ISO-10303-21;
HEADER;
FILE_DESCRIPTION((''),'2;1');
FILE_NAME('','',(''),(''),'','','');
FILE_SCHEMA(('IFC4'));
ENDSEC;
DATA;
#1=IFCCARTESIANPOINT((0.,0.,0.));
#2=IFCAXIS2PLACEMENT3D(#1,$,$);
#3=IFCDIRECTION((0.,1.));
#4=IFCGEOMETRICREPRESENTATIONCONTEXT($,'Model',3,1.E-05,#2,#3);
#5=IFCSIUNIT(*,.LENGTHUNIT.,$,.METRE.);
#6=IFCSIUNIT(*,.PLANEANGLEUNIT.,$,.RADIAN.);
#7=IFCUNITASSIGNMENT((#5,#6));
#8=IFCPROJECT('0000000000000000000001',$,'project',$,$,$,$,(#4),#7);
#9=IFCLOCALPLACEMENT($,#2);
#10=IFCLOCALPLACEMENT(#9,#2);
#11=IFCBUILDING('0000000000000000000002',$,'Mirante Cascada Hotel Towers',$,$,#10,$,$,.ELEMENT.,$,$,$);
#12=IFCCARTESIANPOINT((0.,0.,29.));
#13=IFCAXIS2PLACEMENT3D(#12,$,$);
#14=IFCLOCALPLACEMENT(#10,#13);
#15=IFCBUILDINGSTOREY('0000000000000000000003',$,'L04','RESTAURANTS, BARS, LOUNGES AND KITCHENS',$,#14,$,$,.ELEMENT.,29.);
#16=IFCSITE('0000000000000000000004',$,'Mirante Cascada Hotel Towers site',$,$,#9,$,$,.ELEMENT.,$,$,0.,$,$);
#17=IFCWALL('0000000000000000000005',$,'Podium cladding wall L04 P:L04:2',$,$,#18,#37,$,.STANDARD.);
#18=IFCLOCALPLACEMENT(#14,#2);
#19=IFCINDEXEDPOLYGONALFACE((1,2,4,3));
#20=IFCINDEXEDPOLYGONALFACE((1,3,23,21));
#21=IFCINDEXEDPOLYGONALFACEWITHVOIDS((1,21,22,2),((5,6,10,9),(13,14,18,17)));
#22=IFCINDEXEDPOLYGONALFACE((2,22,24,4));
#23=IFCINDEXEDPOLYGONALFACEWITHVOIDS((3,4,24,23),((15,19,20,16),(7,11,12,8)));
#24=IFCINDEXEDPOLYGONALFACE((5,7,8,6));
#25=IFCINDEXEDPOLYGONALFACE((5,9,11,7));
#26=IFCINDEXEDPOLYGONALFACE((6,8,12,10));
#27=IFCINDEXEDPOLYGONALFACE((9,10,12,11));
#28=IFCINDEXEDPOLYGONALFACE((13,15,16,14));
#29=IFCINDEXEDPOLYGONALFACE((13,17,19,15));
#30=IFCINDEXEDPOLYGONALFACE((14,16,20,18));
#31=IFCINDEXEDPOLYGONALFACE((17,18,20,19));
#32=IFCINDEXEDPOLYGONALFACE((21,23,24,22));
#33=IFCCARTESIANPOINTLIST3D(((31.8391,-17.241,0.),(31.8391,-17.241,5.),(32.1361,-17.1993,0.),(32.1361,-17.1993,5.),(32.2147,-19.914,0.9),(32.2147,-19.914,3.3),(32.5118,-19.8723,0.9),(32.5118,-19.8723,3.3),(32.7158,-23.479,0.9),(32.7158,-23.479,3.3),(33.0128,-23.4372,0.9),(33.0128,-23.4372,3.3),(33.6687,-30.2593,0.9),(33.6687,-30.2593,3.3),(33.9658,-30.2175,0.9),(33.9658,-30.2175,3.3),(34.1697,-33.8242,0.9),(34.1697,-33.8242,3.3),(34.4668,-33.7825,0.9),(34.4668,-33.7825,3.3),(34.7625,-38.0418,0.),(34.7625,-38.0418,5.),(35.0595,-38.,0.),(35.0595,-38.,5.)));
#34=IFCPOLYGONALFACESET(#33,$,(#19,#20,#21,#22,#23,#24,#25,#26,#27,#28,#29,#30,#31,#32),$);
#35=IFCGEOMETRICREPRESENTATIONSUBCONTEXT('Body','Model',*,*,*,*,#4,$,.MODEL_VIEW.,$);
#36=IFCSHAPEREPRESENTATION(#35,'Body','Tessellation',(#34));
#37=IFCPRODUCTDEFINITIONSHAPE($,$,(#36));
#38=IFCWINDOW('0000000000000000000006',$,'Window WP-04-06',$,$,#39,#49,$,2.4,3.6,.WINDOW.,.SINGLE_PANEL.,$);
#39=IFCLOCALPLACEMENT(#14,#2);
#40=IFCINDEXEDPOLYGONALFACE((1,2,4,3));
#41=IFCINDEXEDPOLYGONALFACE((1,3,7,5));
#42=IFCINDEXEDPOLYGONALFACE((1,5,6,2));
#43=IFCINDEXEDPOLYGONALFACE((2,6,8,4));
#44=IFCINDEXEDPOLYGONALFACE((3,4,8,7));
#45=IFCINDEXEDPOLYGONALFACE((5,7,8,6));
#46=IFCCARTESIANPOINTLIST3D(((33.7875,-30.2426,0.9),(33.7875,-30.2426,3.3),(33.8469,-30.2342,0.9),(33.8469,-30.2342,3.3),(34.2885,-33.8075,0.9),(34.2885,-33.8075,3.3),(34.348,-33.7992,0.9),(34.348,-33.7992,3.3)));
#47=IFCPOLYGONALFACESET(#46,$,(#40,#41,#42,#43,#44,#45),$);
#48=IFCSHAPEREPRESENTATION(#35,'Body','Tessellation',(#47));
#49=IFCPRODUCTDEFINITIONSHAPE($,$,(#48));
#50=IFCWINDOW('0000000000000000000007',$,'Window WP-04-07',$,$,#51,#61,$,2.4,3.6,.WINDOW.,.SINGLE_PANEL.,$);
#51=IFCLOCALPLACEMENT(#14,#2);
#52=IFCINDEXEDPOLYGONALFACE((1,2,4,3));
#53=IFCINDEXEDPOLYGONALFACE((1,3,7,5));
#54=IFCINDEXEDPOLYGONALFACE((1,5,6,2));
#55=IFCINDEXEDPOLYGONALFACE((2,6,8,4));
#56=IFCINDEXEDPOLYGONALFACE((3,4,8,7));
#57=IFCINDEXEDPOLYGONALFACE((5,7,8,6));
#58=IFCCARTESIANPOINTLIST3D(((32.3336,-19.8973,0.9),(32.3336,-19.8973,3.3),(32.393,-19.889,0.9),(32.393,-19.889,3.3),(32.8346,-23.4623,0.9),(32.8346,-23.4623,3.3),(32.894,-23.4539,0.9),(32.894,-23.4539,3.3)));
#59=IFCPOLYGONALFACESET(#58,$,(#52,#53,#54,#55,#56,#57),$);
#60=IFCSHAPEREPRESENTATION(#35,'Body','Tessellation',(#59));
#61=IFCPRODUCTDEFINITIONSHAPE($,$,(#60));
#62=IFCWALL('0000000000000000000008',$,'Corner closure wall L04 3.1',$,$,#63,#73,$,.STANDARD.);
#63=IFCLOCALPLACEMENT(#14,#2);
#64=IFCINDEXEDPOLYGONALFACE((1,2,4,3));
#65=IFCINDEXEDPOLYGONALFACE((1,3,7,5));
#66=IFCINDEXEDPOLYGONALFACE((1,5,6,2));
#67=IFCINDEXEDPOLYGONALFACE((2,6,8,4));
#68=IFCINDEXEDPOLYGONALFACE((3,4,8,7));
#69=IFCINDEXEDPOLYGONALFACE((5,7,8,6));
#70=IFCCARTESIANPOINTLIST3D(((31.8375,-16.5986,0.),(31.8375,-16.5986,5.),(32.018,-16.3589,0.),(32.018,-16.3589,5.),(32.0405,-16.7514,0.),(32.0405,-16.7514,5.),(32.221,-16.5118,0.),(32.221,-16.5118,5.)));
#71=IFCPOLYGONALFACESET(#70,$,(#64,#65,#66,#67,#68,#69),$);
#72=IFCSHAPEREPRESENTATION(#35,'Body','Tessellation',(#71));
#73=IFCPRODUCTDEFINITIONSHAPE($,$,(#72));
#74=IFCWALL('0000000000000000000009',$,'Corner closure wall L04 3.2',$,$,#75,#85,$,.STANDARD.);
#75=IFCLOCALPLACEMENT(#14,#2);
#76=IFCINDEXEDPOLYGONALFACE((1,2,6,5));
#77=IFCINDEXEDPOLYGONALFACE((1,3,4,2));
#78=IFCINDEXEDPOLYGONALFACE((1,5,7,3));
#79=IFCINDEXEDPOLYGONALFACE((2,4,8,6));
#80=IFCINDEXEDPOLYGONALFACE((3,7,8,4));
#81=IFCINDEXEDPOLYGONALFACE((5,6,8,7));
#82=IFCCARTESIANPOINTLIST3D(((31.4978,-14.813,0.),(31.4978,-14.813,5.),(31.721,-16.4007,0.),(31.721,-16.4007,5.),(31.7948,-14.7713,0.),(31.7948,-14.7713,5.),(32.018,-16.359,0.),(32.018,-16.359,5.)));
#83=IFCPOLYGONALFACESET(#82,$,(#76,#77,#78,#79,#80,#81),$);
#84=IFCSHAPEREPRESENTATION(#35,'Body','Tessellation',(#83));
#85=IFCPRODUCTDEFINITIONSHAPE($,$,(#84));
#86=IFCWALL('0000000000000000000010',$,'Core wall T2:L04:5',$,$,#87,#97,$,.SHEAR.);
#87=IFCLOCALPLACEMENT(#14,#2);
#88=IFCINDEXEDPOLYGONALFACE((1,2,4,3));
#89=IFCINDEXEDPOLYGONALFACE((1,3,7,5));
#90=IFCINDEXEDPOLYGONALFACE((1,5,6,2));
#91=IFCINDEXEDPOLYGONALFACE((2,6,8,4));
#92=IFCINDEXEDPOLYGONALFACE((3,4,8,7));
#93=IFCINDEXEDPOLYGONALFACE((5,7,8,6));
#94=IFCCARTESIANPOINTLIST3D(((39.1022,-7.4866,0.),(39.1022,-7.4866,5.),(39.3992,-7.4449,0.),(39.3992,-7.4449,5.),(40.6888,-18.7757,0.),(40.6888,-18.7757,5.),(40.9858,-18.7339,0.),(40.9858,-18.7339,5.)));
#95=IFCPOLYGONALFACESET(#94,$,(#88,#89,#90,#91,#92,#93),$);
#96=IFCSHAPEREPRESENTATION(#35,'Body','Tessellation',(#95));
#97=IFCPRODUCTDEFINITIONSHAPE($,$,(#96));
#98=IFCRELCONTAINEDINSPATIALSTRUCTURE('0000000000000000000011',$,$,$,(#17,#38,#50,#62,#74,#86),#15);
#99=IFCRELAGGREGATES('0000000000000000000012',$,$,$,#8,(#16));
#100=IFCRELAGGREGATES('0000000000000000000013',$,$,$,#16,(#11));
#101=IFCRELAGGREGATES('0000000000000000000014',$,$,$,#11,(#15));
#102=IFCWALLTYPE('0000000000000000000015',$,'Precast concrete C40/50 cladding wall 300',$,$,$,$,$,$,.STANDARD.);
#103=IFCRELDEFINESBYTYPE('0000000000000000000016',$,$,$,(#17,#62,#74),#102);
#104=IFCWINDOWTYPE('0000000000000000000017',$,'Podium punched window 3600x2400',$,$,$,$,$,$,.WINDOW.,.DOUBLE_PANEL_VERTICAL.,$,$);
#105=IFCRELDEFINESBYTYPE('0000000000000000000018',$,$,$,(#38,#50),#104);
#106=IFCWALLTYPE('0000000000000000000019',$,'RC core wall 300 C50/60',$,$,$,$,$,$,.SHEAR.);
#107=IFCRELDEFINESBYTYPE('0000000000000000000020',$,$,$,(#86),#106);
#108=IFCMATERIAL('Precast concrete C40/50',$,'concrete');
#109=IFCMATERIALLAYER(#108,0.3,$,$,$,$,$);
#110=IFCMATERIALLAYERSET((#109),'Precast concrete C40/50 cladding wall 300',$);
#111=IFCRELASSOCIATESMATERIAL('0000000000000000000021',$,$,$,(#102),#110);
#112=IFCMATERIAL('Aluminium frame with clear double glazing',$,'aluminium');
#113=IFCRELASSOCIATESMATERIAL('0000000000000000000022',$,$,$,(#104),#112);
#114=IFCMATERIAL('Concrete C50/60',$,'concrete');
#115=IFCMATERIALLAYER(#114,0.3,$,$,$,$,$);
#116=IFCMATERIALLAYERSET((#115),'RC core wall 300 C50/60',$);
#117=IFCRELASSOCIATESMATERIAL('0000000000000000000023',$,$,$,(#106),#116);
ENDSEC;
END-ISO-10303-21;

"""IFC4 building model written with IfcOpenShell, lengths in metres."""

from ifc_helpers import new_model, si_unit, direction, frame, frame_2d, origin, place, context, subcontext, project, spatial, rectangle, extrude, material, layer, layer_set, type_object, element, fill, save


model = new_model("IFC4")

# Units and contexts
model_context = context("Model", 3, precision=1e-05, world=origin(), true_north=direction((0.0, 1.0)))
body_context = subcontext(model_context, "Body", "Model", "MODEL_VIEW")
ifc_project = project(units=[si_unit("LENGTHUNIT", "METRE"), si_unit("PLANEANGLEUNIT", "RADIAN")], contexts=[model_context])

# Site, building, storey
site_placement = place(None, origin())
site = spatial("IfcSite", under=ifc_project, at=site_placement, Name="Mirante Cascada Hotel Towers site", CompositionType="ELEMENT", RefElevation=0.0)
building_placement = place(site_placement, origin())
building = spatial("IfcBuilding", under=site, at=building_placement, Name="Mirante Cascada Hotel Towers", CompositionType="ELEMENT")
storey_placement = place(building_placement, frame((0.0, 0.0, 29.0)))
storey = spatial("IfcBuildingStorey", under=building, at=storey_placement, Name="L04", Description="RESTAURANTS, BARS, LOUNGES AND KITCHENS", CompositionType="ELEMENT", Elevation=29.0)

# Shared definitions
ifc_material_1 = material(Name="Precast concrete C40/50", Category="concrete")
ifc_layer_1 = layer(ifc_material_1, 0.3)
ifc_layer_set_1 = layer_set([ifc_layer_1], Name="Precast concrete C40/50 cladding wall 300")
wall_type_1 = type_object("IfcWallType", Name="Precast concrete C40/50 cladding wall 300", PredefinedType="STANDARD", material=ifc_layer_set_1)

# Wall, openings, windows
wall_1_placement = place(storey_placement, frame((34.911, -38.0209, 0.0), z_axis=(0.0, 0.0, 1.0), x_axis=(-0.139175, 0.990268, 0.0)))
wall_1 = element("IfcWall", 1, at=wall_1_placement, inside=storey, type_object=wall_type_1, Name="Podium cladding wall L04 P:L04:2", PredefinedType="STANDARD", context=body_context, shape_type="SweptSolid", body=[
    extrude(rectangle(XDim=21.0052, YDim=0.3, at=frame_2d((10.5026, 0.0))), origin(), (0.0, 0.0, 1.0), 5.0),
])
opening_1_placement = place(wall_1_placement, frame((4.259, 0.0, 0.9)))
opening_1 = element("IfcOpeningElement", 2, at=opening_1_placement, cuts=wall_1, PredefinedType="OPENING", context=body_context, shape_type="SweptSolid", body=[
    extrude(rectangle(XDim=3.6, YDim=2.4, at=frame_2d((1.8, 1.2))), frame((0.0, 0.15, 0.0), z_axis=(0.0, -1.0, 0.0), x_axis=(1.0, 0.0, 0.0)), (0.0, 0.0, 1.0), 0.3),
])
opening_2_placement = place(wall_1_placement, frame((14.7059, 0.0, 0.9)))
opening_2 = element("IfcOpeningElement", 3, at=opening_2_placement, cuts=wall_1, PredefinedType="OPENING", context=body_context, shape_type="SweptSolid", body=[
    extrude(rectangle(XDim=3.6, YDim=2.4, at=frame_2d((1.8, 1.2))), frame((0.0, 0.15, 0.0), z_axis=(0.0, -1.0, 0.0), x_axis=(1.0, 0.0, 0.0)), (0.0, 0.0, 1.0), 0.3),
])
ifc_material_2 = material(Name="Aluminium frame with clear double glazing", Category="aluminium")
window_type_1 = type_object("IfcWindowType", Name="Podium punched window 3600x2400", PartitioningType="DOUBLE_PANEL_VERTICAL", PredefinedType="WINDOW", material=ifc_material_2)
window_1_placement = place(opening_1_placement, origin())
window_1 = element("IfcWindow", 4, at=window_1_placement, inside=storey, type_object=window_type_1, Name="Window WP-04-06", OverallHeight=2.4, OverallWidth=3.6, PartitioningType="SINGLE_PANEL", PredefinedType="WINDOW", context=body_context, shape_type="SweptSolid", body=[
    extrude(rectangle(XDim=3.6, YDim=2.4, at=frame_2d((1.8, 1.2))), frame((0.0, 0.03, 0.0), z_axis=(0.0, -1.0, 0.0), x_axis=(1.0, 0.0, 0.0)), (0.0, 0.0, 1.0), 0.06),
])
fill(opening_1, window_1)
window_2_placement = place(opening_2_placement, origin())
window_2 = element("IfcWindow", 5, at=window_2_placement, inside=storey, type_object=window_type_1, Name="Window WP-04-07", OverallHeight=2.4, OverallWidth=3.6, PartitioningType="SINGLE_PANEL", PredefinedType="WINDOW", context=body_context, shape_type="SweptSolid", body=[
    extrude(rectangle(XDim=3.6, YDim=2.4, at=frame_2d((1.8, 1.2))), frame((0.0, 0.03, 0.0), z_axis=(0.0, -1.0, 0.0), x_axis=(1.0, 0.0, 0.0)), (0.0, 0.0, 1.0), 0.06),
])
fill(opening_2, window_2)

# Walls
wall_2_placement = place(storey_placement, frame((32.1307, -16.6316, 0.0), z_axis=(0.0, 0.0, 1.0), x_axis=(-0.798771, 0.601636, 0.0)))
element("IfcWall", 6, at=wall_2_placement, inside=storey, type_object=wall_type_1, Name="Corner closure wall L04 3.1", PredefinedType="STANDARD", context=body_context, shape_type="SweptSolid", body=[
    extrude(rectangle(XDim=0.2541, YDim=0.3, at=frame_2d((0.127, 0.0))), origin(), (0.0, 0.0, 1.0), 5.0),
])
wall_3_placement = place(storey_placement, frame((31.8695, -16.3798, 0.0), z_axis=(0.0, 0.0, 1.0), x_axis=(-0.139212, 0.990263, 0.0)))
element("IfcWall", 7, at=wall_3_placement, inside=storey, type_object=wall_type_1, Name="Corner closure wall L04 3.2", PredefinedType="STANDARD", context=body_context, shape_type="SweptSolid", body=[
    extrude(rectangle(XDim=1.6033, YDim=0.3, at=frame_2d((0.8016, 0.0))), origin(), (0.0, 0.0, 1.0), 5.0),
])
ifc_material_3 = material(Name="Concrete C50/60", Category="concrete")
ifc_layer_2 = layer(ifc_material_3, 0.3)
ifc_layer_set_2 = layer_set([ifc_layer_2], Name="RC core wall 300 C50/60")
wall_type_2 = type_object("IfcWallType", Name="RC core wall 300 C50/60", PredefinedType="SHEAR", material=ifc_layer_set_2)
wall_4_placement = place(storey_placement, frame((40.8373, -18.7548, 0.0), z_axis=(0.0, 0.0, 1.0), x_axis=(-0.139175, 0.990268, 0.0)))
element("IfcWall", 8, at=wall_4_placement, inside=storey, type_object=wall_type_2, Name="Core wall T2:L04:5", PredefinedType="SHEAR", context=body_context, shape_type="SweptSolid", body=[
    extrude(rectangle(XDim=11.4, YDim=0.3, at=frame_2d((5.7, 0.0))), origin(), (0.0, 0.0, 1.0), 5.0),
])

save(model, "model.ifc")
